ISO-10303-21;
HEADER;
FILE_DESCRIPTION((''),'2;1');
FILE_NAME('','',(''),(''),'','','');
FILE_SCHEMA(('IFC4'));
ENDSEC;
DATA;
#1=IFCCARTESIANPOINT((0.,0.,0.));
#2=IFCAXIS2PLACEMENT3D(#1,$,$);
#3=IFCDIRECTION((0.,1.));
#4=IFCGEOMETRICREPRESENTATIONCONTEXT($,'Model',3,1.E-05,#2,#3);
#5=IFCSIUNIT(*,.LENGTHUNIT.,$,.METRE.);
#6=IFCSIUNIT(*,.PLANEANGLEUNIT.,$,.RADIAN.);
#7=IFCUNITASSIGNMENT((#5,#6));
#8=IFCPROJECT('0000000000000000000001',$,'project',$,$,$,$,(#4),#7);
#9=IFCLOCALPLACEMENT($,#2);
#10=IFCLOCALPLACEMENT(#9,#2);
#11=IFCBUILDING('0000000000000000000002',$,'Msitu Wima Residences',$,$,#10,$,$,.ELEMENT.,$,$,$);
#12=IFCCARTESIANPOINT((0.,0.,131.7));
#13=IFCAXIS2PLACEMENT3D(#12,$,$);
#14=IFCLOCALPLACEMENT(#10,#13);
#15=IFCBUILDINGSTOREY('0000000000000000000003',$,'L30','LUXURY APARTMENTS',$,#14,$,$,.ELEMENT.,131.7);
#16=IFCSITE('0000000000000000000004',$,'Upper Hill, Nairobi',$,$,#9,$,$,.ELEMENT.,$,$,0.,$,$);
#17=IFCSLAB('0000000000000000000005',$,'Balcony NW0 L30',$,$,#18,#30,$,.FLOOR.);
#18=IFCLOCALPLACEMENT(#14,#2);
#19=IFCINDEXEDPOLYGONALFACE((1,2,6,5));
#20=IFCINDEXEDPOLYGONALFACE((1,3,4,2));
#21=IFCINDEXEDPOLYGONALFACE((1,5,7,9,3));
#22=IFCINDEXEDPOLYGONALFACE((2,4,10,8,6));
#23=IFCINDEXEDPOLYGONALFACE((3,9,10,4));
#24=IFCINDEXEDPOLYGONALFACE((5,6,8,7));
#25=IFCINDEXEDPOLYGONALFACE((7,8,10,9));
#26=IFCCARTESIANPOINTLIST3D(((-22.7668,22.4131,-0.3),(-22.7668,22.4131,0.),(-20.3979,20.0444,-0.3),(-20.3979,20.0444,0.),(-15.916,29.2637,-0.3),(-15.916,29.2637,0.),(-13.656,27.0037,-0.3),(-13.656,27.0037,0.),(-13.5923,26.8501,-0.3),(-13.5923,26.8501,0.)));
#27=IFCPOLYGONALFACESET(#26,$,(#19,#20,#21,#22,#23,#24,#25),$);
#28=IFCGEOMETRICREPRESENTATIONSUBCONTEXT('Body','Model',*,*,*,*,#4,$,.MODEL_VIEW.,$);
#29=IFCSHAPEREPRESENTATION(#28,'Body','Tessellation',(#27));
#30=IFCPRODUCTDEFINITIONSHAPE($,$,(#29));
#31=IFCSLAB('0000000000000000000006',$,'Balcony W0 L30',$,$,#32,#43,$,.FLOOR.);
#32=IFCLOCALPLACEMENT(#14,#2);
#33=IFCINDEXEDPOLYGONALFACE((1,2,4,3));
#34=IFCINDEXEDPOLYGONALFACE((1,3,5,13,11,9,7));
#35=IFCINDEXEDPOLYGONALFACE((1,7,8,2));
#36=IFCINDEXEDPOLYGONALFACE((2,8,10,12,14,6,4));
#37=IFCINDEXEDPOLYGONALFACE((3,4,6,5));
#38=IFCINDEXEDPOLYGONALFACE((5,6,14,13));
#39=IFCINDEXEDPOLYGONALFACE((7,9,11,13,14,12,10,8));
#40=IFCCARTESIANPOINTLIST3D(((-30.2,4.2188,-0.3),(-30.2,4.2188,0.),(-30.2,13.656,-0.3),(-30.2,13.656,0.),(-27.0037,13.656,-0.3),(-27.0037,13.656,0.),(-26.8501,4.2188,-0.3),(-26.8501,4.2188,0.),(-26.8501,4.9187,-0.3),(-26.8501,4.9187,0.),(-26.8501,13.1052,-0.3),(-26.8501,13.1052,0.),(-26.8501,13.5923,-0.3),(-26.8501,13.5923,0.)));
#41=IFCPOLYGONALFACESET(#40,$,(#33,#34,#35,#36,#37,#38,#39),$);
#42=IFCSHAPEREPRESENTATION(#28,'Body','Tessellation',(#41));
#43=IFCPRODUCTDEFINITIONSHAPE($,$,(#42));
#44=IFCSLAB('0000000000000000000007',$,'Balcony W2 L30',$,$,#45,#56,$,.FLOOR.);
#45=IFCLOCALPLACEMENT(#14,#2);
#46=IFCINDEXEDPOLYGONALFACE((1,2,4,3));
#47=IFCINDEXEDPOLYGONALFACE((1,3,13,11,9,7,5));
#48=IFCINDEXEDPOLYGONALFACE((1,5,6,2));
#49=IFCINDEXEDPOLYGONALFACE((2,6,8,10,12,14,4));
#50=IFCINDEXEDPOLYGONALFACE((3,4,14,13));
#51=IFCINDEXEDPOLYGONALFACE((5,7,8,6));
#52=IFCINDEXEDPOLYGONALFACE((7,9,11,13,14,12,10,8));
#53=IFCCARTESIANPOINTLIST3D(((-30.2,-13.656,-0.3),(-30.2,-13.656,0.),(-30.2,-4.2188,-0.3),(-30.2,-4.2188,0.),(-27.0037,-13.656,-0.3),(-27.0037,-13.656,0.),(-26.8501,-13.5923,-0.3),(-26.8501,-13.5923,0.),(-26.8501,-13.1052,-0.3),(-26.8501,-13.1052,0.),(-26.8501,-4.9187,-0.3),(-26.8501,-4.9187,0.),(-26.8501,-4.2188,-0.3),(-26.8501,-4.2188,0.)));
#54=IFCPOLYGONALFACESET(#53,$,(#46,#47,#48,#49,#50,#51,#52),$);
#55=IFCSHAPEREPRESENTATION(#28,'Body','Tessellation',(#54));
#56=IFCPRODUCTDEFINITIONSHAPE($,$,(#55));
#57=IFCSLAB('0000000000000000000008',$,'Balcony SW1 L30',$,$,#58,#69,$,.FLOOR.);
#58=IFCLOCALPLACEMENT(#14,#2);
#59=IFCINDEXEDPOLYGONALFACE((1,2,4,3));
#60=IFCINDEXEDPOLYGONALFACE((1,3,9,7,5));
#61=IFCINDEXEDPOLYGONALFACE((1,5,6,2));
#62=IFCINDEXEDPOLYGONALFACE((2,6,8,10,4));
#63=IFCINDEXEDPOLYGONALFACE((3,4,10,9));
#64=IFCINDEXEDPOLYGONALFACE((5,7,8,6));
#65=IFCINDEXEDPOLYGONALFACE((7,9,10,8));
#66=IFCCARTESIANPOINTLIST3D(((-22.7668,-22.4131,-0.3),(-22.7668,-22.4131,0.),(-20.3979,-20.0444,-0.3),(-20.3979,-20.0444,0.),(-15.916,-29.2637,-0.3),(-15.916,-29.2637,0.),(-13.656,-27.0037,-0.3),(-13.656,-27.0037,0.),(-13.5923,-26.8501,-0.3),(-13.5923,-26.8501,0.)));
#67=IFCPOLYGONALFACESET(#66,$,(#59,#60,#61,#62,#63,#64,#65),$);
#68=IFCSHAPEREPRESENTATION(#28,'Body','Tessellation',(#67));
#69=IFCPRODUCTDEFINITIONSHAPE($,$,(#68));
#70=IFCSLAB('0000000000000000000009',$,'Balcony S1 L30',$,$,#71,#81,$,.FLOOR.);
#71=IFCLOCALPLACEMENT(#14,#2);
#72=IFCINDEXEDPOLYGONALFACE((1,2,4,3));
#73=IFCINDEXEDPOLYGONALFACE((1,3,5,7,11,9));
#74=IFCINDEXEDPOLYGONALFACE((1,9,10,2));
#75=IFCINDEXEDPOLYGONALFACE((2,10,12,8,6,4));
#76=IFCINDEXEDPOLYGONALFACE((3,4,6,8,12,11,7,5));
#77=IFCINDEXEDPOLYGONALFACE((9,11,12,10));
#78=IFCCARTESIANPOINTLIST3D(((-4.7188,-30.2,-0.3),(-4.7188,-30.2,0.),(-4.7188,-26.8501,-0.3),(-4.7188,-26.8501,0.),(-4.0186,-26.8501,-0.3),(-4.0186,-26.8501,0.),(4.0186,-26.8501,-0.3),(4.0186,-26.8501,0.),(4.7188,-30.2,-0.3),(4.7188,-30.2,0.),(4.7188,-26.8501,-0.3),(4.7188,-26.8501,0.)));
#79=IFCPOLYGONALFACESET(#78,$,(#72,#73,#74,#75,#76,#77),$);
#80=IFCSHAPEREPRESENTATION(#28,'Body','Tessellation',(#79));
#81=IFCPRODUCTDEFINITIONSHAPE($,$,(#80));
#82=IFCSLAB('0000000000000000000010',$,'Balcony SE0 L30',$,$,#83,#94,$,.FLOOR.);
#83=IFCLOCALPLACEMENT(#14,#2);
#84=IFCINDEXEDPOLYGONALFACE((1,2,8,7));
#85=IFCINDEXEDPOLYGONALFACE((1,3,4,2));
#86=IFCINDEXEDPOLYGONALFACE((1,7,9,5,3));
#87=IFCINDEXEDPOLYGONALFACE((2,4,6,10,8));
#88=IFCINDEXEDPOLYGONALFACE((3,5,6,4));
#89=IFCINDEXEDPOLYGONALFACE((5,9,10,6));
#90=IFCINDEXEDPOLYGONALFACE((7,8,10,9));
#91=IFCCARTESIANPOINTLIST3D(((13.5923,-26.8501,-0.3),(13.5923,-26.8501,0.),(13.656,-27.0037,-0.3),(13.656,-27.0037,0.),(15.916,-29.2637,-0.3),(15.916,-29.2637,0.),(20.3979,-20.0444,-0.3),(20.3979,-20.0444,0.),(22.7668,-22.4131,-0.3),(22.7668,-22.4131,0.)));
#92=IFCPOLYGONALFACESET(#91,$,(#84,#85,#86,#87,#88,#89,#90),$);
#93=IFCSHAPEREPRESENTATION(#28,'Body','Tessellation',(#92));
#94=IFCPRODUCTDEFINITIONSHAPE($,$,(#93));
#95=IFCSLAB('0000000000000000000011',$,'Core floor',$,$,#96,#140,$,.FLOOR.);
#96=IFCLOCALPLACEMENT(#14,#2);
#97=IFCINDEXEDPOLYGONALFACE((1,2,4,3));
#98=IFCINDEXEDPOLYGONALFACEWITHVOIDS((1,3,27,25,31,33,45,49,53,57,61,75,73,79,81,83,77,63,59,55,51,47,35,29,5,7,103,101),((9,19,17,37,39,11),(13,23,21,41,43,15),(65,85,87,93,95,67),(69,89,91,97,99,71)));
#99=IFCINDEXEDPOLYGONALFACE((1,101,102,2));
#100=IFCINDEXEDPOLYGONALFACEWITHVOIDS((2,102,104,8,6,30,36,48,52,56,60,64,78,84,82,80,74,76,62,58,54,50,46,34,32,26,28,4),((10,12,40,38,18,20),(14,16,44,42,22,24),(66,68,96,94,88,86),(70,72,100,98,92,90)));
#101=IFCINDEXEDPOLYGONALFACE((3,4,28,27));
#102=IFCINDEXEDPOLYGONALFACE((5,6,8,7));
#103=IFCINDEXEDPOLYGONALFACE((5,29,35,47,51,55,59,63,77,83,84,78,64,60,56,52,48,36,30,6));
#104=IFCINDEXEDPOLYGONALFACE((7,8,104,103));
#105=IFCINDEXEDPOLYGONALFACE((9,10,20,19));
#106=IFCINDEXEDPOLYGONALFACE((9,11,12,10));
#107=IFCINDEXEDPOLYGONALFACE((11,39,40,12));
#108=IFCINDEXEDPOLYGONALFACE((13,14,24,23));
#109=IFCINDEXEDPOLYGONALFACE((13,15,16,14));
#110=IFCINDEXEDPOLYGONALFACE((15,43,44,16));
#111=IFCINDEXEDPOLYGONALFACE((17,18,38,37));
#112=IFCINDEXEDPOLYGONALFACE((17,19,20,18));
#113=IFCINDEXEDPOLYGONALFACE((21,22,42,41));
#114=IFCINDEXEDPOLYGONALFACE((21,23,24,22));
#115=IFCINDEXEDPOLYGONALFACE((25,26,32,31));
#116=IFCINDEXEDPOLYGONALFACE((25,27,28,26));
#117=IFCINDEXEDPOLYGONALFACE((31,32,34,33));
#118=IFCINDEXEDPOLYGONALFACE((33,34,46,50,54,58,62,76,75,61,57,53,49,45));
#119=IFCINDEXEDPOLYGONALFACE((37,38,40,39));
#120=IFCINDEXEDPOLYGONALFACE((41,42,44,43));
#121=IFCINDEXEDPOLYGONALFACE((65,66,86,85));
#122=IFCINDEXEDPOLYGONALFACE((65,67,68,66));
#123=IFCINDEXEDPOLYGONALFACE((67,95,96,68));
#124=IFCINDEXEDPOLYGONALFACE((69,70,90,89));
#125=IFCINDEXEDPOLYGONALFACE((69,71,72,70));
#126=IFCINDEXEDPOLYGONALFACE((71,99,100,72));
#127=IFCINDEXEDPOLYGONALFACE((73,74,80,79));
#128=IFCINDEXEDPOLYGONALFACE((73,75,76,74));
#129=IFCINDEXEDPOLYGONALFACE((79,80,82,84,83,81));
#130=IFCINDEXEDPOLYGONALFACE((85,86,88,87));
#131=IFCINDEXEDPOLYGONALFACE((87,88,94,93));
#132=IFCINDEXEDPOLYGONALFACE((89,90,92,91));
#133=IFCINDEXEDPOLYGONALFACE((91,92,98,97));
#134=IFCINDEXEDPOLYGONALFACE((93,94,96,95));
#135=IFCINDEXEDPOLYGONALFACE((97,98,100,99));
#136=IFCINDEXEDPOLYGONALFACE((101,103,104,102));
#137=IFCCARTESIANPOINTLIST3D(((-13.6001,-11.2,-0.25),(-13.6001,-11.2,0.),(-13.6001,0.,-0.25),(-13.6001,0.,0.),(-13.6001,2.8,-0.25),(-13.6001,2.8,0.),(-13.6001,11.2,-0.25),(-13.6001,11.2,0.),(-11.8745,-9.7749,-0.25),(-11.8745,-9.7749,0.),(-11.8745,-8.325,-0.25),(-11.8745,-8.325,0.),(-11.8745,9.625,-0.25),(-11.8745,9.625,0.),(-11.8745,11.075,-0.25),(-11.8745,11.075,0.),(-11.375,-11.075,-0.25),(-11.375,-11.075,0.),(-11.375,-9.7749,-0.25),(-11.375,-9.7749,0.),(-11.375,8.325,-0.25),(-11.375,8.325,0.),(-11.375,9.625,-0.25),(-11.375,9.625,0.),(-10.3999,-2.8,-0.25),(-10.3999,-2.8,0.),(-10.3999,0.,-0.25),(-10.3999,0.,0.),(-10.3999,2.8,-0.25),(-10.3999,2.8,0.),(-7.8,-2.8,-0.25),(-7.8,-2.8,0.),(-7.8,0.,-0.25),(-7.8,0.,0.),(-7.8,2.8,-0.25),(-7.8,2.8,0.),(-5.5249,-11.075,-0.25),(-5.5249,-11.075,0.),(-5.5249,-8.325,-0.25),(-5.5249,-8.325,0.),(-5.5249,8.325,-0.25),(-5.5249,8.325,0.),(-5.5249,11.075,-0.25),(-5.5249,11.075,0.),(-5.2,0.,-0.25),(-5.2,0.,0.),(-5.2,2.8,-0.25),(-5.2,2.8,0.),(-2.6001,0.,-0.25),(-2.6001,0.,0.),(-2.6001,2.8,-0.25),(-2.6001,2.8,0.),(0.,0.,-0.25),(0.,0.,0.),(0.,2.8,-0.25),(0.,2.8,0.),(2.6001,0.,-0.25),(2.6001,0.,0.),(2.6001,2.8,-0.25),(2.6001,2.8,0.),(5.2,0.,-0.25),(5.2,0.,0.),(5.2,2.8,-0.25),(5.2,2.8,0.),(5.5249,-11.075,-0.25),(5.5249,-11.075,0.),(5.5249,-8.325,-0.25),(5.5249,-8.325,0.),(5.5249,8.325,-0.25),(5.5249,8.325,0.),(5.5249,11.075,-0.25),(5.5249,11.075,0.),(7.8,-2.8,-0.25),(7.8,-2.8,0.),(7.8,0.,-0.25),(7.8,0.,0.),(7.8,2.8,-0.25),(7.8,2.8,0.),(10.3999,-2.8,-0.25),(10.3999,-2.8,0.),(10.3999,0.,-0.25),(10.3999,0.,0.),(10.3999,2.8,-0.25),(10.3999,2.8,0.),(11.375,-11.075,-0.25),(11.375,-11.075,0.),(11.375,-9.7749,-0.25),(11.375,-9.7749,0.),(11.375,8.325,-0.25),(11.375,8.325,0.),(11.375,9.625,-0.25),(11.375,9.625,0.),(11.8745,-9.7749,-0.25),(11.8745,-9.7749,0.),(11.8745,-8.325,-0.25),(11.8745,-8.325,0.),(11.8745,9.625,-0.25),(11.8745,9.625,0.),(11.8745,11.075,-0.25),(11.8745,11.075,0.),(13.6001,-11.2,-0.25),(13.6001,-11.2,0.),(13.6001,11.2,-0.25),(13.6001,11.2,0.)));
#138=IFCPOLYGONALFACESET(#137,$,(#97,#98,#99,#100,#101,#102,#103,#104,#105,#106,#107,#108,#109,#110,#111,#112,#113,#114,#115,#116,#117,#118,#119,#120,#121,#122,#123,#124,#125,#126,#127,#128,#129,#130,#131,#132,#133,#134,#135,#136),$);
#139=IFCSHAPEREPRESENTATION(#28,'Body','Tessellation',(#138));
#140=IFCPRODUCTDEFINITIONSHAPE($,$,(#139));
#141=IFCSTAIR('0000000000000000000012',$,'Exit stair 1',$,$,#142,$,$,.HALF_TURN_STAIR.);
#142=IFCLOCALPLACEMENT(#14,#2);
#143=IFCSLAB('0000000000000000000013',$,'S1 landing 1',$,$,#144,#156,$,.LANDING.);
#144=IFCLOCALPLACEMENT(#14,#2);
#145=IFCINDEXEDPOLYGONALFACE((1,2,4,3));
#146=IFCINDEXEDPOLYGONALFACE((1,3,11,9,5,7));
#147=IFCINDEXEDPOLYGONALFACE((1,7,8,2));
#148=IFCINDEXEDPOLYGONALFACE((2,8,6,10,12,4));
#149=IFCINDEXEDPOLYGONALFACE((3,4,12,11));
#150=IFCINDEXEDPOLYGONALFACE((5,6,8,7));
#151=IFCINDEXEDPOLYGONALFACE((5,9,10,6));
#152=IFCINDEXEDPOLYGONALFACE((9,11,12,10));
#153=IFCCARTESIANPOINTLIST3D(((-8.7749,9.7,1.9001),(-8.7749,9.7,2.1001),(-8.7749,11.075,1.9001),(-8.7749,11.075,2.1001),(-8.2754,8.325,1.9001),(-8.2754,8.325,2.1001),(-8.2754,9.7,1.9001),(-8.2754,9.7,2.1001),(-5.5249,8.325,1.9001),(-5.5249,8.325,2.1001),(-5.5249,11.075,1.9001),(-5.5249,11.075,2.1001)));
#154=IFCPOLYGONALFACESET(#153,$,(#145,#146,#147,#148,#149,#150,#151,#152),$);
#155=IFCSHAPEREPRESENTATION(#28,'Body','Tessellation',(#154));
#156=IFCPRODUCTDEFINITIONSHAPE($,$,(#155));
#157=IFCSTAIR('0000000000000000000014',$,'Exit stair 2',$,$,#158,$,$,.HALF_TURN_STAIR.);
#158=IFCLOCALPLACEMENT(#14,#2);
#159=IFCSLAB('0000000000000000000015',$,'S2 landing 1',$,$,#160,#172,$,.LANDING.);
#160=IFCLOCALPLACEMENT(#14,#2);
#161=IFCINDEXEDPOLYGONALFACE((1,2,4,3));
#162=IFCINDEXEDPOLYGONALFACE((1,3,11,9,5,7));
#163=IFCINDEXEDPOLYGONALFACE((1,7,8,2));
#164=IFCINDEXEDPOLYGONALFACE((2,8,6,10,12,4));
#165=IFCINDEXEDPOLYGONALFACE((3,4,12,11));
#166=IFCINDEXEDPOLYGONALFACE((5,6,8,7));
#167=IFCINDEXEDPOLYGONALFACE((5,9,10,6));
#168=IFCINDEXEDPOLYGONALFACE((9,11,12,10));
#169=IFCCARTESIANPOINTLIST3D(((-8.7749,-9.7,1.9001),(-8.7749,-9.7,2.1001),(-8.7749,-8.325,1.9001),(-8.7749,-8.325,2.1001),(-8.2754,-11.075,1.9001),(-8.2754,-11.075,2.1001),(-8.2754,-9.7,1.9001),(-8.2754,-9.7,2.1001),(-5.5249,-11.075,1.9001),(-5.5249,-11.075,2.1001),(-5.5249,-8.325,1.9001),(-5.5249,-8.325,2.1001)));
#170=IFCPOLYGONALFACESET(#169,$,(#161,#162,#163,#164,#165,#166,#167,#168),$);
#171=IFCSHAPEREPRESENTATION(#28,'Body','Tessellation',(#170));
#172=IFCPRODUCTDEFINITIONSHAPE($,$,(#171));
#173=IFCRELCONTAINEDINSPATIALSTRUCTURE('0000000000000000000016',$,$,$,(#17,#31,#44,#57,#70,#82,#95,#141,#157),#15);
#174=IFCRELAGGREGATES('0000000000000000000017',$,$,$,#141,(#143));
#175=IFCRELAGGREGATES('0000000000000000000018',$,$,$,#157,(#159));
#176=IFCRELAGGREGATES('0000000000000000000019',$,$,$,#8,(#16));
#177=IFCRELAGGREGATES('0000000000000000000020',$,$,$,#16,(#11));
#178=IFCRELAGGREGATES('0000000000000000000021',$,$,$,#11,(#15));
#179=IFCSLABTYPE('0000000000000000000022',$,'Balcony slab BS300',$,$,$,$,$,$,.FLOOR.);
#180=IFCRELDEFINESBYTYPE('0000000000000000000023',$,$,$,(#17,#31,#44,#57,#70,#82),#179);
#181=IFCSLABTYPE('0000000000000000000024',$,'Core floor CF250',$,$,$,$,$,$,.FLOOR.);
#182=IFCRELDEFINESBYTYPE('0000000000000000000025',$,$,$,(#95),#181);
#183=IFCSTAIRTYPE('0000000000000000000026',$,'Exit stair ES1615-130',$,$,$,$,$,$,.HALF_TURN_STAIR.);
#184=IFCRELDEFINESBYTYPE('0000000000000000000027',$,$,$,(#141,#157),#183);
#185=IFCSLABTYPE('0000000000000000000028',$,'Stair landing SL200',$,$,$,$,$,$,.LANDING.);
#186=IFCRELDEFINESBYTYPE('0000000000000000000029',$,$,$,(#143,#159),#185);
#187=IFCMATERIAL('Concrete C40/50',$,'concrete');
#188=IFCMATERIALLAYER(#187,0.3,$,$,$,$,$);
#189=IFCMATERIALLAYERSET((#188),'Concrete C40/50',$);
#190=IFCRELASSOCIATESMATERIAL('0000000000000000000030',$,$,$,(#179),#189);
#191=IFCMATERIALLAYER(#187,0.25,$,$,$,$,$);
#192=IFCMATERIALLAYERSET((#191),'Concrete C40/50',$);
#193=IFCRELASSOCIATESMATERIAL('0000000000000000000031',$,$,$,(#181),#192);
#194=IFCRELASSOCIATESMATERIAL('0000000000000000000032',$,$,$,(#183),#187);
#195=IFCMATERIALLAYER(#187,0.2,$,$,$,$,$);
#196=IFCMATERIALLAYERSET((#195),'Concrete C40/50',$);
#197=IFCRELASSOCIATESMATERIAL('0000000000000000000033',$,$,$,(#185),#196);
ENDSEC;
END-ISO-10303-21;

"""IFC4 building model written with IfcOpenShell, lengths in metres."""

from ifc_helpers import new_model, si_unit, direction, frame, origin, place, context, subcontext, project, spatial, polyline, outline, extrude, material, layer, layer_set, type_object, element, aggregate, save


model = new_model("IFC4")

# Units and contexts
model_context = context("Model", 3, precision=1e-05, world=origin(), true_north=direction((0.0, 1.0)))
body_context = subcontext(model_context, "Body", "Model", "MODEL_VIEW")
ifc_project = project(units=[si_unit("LENGTHUNIT", "METRE"), si_unit("PLANEANGLEUNIT", "RADIAN")], contexts=[model_context])

# Site, building, storey
site_placement = place(None, origin())
site = spatial("IfcSite", under=ifc_project, at=site_placement, Name="Upper Hill, Nairobi", CompositionType="ELEMENT", RefElevation=0.0)
building_placement = place(site_placement, origin())
building = spatial("IfcBuilding", under=site, at=building_placement, Name="Msitu Wima Residences", CompositionType="ELEMENT")
storey_placement = place(building_placement, frame((0.0, 0.0, 131.7)))
storey = spatial("IfcBuildingStorey", under=building, at=storey_placement, Name="L30", Description="LUXURY APARTMENTS", CompositionType="ELEMENT", Elevation=131.7)

# Slabs
ifc_material_1 = material(Name="Concrete C40/50", Category="concrete")
ifc_layer_1 = layer(ifc_material_1, 0.3)
ifc_layer_set_1 = layer_set([ifc_layer_1], Name="Concrete C40/50")
slab_type_1 = type_object("IfcSlabType", Name="Balcony slab BS300", PredefinedType="FLOOR", material=ifc_layer_set_1)
slab_1_placement = place(storey_placement, frame((0.0, 0.0, -0.3)))
element("IfcSlab", 1, at=slab_1_placement, inside=storey, type_object=slab_type_1, Name="Balcony NW0 L30", PredefinedType="FLOOR", context=body_context, shape_type="SweptSolid", body=[
    extrude(outline(polyline([(-22.7668, 22.4131), (-15.916, 29.2637), (-13.656, 27.0037), (-13.5923, 26.8501), (-20.3979, 20.0444), (-22.7668, 22.4131)])), origin(), (0.0, 0.0, 1.0), 0.3),
])
slab_2_placement = place(storey_placement, frame((0.0, 0.0, -0.3)))
element("IfcSlab", 2, at=slab_2_placement, inside=storey, type_object=slab_type_1, Name="Balcony W0 L30", PredefinedType="FLOOR", context=body_context, shape_type="SweptSolid", body=[
    extrude(outline(polyline([(-26.8501, 13.1052), (-26.8501, 13.1052), (-26.8501, 4.9187), (-26.8501, 4.9187), (-26.8501, 4.2188), (-30.2, 4.2188), (-30.2, 13.656), (-27.0037, 13.656), (-26.8501, 13.5923), (-26.8501, 13.1052), (-26.8501, 13.1052)])), origin(), (0.0, 0.0, 1.0), 0.3),
])
slab_3_placement = place(storey_placement, frame((0.0, 0.0, -0.3)))
element("IfcSlab", 3, at=slab_3_placement, inside=storey, type_object=slab_type_1, Name="Balcony W2 L30", PredefinedType="FLOOR", context=body_context, shape_type="SweptSolid", body=[
    extrude(outline(polyline([(-26.8501, -13.1052), (-26.8501, -13.1052), (-26.8501, -13.5923), (-27.0037, -13.656), (-30.2, -13.656), (-30.2, -4.2188), (-26.8501, -4.2188), (-26.8501, -4.9187), (-26.8501, -4.9187), (-26.8501, -13.1052), (-26.8501, -13.1052)])), origin(), (0.0, 0.0, 1.0), 0.3),
])
slab_4_placement = place(storey_placement, frame((0.0, 0.0, -0.3)))
element("IfcSlab", 4, at=slab_4_placement, inside=storey, type_object=slab_type_1, Name="Balcony SW1 L30", PredefinedType="FLOOR", context=body_context, shape_type="SweptSolid", body=[
    extrude(outline(polyline([(-15.916, -29.2637), (-22.7668, -22.4131), (-20.3979, -20.0444), (-13.5923, -26.8501), (-13.656, -27.0037), (-15.916, -29.2637)])), origin(), (0.0, 0.0, 1.0), 0.3),
])
slab_5_placement = place(storey_placement, frame((0.0, 0.0, -0.3)))
element("IfcSlab", 5, at=slab_5_placement, inside=storey, type_object=slab_type_1, Name="Balcony S1 L30", PredefinedType="FLOOR", context=body_context, shape_type="SweptSolid", body=[
    extrude(outline(polyline([(4.0186, -26.8501), (4.0186, -26.8501), (4.7188, -26.8501), (4.7188, -30.2), (-4.7188, -30.2), (-4.7188, -26.8501), (-4.0186, -26.8501), (-4.0186, -26.8501), (4.0186, -26.8501)])), origin(), (0.0, 0.0, 1.0), 0.3),
])
slab_6_placement = place(storey_placement, frame((0.0, 0.0, -0.3)))
element("IfcSlab", 6, at=slab_6_placement, inside=storey, type_object=slab_type_1, Name="Balcony SE0 L30", PredefinedType="FLOOR", context=body_context, shape_type="SweptSolid", body=[
    extrude(outline(polyline([(22.7668, -22.4131), (15.916, -29.2637), (13.656, -27.0037), (13.5923, -26.8501), (20.3979, -20.0444), (22.7668, -22.4131)])), origin(), (0.0, 0.0, 1.0), 0.3),
])
ifc_layer_2 = layer(ifc_material_1, 0.25)
ifc_layer_set_2 = layer_set([ifc_layer_2], Name="Concrete C40/50")
slab_type_2 = type_object("IfcSlabType", Name="Core floor CF250", PredefinedType="FLOOR", material=ifc_layer_set_2)
slab_7_placement = place(storey_placement, frame((0.0, 0.0, -0.25)))
element("IfcSlab", 7, at=slab_7_placement, inside=storey, type_object=slab_type_2, Name="Core floor", PredefinedType="FLOOR", context=body_context, shape_type="SweptSolid", body=[
    extrude(outline(polyline([(-13.6001, 11.2), (-13.6001, 2.8), (-10.3999, 2.8), (-7.8, 2.8), (-5.2, 2.8), (-2.6001, 2.8), (0.0, 2.8), (2.6001, 2.8), (5.2, 2.8), (7.8, 2.8), (10.3999, 2.8), (10.3999, 0.0), (10.3999, -2.8), (7.8, -2.8), (7.8, 0.0), (5.2, 0.0), (2.6001, 0.0), (0.0, 0.0), (-2.6001, 0.0), (-5.2, 0.0), (-7.8, 0.0), (-7.8, -2.8), (-10.3999, -2.8), (-10.3999, 0.0), (-13.6001, 0.0), (-13.6001, -11.2), (13.6001, -11.2), (13.6001, 11.2), (-13.6001, 11.2)]), holes=[polyline([(-11.375, -11.075), (-11.375, -9.7749), (-11.8745, -9.7749), (-11.8745, -8.325), (-5.5249, -8.325), (-5.5249, -11.075), (-11.375, -11.075)]), polyline([(-11.375, 9.625), (-11.8745, 9.625), (-11.8745, 11.075), (-5.5249, 11.075), (-5.5249, 8.325), (-11.375, 8.325), (-11.375, 9.625)]), polyline([(11.375, -9.7749), (11.375, -11.075), (5.5249, -11.075), (5.5249, -8.325), (11.8745, -8.325), (11.8745, -9.7749), (11.375, -9.7749)]), polyline([(11.375, 9.625), (11.375, 8.325), (5.5249, 8.325), (5.5249, 11.075), (11.8745, 11.075), (11.8745, 9.625), (11.375, 9.625)])]), origin(), (0.0, 0.0, 1.0), 0.25),
])

# Stairs, slabs
stair_type = type_object("IfcStairType", Name="Exit stair ES1615-130", PredefinedType="HALF_TURN_STAIR", material=ifc_material_1)
stair_1_placement = place(storey_placement, origin())
stair_1 = element("IfcStair", 8, at=stair_1_placement, inside=storey, type_object=stair_type, Name="Exit stair 1", PredefinedType="HALF_TURN_STAIR")
ifc_layer_3 = layer(ifc_material_1, 0.2)
ifc_layer_set_3 = layer_set([ifc_layer_3], Name="Concrete C40/50")
slab_type_3 = type_object("IfcSlabType", Name="Stair landing SL200", PredefinedType="LANDING", material=ifc_layer_set_3)
slab_8_placement = place(storey_placement, frame((0.0, 0.0, 1.9001)))
slab_8 = element("IfcSlab", 9, at=slab_8_placement, type_object=slab_type_3, Name="S1 landing 1", PredefinedType="LANDING", context=body_context, shape_type="SweptSolid", body=[
    extrude(outline(polyline([(-5.5249, 8.325), (-8.2754, 8.325), (-8.2754, 9.7), (-8.7749, 9.7), (-8.7749, 11.075), (-5.5249, 11.075), (-5.5249, 8.325)])), origin(), (0.0, 0.0, 1.0), 0.2),
])
aggregate(stair_1, [slab_8])
stair_2_placement = place(storey_placement, origin())
stair_2 = element("IfcStair", 10, at=stair_2_placement, inside=storey, type_object=stair_type, Name="Exit stair 2", PredefinedType="HALF_TURN_STAIR")
slab_9_placement = place(storey_placement, frame((0.0, 0.0, 1.9001)))
slab_9 = element("IfcSlab", 11, at=slab_9_placement, type_object=slab_type_3, Name="S2 landing 1", PredefinedType="LANDING", context=body_context, shape_type="SweptSolid", body=[
    extrude(outline(polyline([(-5.5249, -11.075), (-8.2754, -11.075), (-8.2754, -9.7), (-8.7749, -9.7), (-8.7749, -8.325), (-5.5249, -8.325), (-5.5249, -11.075)])), origin(), (0.0, 0.0, 1.0), 0.2),
])
aggregate(stair_2, [slab_9])

save(model, "model.ifc")
